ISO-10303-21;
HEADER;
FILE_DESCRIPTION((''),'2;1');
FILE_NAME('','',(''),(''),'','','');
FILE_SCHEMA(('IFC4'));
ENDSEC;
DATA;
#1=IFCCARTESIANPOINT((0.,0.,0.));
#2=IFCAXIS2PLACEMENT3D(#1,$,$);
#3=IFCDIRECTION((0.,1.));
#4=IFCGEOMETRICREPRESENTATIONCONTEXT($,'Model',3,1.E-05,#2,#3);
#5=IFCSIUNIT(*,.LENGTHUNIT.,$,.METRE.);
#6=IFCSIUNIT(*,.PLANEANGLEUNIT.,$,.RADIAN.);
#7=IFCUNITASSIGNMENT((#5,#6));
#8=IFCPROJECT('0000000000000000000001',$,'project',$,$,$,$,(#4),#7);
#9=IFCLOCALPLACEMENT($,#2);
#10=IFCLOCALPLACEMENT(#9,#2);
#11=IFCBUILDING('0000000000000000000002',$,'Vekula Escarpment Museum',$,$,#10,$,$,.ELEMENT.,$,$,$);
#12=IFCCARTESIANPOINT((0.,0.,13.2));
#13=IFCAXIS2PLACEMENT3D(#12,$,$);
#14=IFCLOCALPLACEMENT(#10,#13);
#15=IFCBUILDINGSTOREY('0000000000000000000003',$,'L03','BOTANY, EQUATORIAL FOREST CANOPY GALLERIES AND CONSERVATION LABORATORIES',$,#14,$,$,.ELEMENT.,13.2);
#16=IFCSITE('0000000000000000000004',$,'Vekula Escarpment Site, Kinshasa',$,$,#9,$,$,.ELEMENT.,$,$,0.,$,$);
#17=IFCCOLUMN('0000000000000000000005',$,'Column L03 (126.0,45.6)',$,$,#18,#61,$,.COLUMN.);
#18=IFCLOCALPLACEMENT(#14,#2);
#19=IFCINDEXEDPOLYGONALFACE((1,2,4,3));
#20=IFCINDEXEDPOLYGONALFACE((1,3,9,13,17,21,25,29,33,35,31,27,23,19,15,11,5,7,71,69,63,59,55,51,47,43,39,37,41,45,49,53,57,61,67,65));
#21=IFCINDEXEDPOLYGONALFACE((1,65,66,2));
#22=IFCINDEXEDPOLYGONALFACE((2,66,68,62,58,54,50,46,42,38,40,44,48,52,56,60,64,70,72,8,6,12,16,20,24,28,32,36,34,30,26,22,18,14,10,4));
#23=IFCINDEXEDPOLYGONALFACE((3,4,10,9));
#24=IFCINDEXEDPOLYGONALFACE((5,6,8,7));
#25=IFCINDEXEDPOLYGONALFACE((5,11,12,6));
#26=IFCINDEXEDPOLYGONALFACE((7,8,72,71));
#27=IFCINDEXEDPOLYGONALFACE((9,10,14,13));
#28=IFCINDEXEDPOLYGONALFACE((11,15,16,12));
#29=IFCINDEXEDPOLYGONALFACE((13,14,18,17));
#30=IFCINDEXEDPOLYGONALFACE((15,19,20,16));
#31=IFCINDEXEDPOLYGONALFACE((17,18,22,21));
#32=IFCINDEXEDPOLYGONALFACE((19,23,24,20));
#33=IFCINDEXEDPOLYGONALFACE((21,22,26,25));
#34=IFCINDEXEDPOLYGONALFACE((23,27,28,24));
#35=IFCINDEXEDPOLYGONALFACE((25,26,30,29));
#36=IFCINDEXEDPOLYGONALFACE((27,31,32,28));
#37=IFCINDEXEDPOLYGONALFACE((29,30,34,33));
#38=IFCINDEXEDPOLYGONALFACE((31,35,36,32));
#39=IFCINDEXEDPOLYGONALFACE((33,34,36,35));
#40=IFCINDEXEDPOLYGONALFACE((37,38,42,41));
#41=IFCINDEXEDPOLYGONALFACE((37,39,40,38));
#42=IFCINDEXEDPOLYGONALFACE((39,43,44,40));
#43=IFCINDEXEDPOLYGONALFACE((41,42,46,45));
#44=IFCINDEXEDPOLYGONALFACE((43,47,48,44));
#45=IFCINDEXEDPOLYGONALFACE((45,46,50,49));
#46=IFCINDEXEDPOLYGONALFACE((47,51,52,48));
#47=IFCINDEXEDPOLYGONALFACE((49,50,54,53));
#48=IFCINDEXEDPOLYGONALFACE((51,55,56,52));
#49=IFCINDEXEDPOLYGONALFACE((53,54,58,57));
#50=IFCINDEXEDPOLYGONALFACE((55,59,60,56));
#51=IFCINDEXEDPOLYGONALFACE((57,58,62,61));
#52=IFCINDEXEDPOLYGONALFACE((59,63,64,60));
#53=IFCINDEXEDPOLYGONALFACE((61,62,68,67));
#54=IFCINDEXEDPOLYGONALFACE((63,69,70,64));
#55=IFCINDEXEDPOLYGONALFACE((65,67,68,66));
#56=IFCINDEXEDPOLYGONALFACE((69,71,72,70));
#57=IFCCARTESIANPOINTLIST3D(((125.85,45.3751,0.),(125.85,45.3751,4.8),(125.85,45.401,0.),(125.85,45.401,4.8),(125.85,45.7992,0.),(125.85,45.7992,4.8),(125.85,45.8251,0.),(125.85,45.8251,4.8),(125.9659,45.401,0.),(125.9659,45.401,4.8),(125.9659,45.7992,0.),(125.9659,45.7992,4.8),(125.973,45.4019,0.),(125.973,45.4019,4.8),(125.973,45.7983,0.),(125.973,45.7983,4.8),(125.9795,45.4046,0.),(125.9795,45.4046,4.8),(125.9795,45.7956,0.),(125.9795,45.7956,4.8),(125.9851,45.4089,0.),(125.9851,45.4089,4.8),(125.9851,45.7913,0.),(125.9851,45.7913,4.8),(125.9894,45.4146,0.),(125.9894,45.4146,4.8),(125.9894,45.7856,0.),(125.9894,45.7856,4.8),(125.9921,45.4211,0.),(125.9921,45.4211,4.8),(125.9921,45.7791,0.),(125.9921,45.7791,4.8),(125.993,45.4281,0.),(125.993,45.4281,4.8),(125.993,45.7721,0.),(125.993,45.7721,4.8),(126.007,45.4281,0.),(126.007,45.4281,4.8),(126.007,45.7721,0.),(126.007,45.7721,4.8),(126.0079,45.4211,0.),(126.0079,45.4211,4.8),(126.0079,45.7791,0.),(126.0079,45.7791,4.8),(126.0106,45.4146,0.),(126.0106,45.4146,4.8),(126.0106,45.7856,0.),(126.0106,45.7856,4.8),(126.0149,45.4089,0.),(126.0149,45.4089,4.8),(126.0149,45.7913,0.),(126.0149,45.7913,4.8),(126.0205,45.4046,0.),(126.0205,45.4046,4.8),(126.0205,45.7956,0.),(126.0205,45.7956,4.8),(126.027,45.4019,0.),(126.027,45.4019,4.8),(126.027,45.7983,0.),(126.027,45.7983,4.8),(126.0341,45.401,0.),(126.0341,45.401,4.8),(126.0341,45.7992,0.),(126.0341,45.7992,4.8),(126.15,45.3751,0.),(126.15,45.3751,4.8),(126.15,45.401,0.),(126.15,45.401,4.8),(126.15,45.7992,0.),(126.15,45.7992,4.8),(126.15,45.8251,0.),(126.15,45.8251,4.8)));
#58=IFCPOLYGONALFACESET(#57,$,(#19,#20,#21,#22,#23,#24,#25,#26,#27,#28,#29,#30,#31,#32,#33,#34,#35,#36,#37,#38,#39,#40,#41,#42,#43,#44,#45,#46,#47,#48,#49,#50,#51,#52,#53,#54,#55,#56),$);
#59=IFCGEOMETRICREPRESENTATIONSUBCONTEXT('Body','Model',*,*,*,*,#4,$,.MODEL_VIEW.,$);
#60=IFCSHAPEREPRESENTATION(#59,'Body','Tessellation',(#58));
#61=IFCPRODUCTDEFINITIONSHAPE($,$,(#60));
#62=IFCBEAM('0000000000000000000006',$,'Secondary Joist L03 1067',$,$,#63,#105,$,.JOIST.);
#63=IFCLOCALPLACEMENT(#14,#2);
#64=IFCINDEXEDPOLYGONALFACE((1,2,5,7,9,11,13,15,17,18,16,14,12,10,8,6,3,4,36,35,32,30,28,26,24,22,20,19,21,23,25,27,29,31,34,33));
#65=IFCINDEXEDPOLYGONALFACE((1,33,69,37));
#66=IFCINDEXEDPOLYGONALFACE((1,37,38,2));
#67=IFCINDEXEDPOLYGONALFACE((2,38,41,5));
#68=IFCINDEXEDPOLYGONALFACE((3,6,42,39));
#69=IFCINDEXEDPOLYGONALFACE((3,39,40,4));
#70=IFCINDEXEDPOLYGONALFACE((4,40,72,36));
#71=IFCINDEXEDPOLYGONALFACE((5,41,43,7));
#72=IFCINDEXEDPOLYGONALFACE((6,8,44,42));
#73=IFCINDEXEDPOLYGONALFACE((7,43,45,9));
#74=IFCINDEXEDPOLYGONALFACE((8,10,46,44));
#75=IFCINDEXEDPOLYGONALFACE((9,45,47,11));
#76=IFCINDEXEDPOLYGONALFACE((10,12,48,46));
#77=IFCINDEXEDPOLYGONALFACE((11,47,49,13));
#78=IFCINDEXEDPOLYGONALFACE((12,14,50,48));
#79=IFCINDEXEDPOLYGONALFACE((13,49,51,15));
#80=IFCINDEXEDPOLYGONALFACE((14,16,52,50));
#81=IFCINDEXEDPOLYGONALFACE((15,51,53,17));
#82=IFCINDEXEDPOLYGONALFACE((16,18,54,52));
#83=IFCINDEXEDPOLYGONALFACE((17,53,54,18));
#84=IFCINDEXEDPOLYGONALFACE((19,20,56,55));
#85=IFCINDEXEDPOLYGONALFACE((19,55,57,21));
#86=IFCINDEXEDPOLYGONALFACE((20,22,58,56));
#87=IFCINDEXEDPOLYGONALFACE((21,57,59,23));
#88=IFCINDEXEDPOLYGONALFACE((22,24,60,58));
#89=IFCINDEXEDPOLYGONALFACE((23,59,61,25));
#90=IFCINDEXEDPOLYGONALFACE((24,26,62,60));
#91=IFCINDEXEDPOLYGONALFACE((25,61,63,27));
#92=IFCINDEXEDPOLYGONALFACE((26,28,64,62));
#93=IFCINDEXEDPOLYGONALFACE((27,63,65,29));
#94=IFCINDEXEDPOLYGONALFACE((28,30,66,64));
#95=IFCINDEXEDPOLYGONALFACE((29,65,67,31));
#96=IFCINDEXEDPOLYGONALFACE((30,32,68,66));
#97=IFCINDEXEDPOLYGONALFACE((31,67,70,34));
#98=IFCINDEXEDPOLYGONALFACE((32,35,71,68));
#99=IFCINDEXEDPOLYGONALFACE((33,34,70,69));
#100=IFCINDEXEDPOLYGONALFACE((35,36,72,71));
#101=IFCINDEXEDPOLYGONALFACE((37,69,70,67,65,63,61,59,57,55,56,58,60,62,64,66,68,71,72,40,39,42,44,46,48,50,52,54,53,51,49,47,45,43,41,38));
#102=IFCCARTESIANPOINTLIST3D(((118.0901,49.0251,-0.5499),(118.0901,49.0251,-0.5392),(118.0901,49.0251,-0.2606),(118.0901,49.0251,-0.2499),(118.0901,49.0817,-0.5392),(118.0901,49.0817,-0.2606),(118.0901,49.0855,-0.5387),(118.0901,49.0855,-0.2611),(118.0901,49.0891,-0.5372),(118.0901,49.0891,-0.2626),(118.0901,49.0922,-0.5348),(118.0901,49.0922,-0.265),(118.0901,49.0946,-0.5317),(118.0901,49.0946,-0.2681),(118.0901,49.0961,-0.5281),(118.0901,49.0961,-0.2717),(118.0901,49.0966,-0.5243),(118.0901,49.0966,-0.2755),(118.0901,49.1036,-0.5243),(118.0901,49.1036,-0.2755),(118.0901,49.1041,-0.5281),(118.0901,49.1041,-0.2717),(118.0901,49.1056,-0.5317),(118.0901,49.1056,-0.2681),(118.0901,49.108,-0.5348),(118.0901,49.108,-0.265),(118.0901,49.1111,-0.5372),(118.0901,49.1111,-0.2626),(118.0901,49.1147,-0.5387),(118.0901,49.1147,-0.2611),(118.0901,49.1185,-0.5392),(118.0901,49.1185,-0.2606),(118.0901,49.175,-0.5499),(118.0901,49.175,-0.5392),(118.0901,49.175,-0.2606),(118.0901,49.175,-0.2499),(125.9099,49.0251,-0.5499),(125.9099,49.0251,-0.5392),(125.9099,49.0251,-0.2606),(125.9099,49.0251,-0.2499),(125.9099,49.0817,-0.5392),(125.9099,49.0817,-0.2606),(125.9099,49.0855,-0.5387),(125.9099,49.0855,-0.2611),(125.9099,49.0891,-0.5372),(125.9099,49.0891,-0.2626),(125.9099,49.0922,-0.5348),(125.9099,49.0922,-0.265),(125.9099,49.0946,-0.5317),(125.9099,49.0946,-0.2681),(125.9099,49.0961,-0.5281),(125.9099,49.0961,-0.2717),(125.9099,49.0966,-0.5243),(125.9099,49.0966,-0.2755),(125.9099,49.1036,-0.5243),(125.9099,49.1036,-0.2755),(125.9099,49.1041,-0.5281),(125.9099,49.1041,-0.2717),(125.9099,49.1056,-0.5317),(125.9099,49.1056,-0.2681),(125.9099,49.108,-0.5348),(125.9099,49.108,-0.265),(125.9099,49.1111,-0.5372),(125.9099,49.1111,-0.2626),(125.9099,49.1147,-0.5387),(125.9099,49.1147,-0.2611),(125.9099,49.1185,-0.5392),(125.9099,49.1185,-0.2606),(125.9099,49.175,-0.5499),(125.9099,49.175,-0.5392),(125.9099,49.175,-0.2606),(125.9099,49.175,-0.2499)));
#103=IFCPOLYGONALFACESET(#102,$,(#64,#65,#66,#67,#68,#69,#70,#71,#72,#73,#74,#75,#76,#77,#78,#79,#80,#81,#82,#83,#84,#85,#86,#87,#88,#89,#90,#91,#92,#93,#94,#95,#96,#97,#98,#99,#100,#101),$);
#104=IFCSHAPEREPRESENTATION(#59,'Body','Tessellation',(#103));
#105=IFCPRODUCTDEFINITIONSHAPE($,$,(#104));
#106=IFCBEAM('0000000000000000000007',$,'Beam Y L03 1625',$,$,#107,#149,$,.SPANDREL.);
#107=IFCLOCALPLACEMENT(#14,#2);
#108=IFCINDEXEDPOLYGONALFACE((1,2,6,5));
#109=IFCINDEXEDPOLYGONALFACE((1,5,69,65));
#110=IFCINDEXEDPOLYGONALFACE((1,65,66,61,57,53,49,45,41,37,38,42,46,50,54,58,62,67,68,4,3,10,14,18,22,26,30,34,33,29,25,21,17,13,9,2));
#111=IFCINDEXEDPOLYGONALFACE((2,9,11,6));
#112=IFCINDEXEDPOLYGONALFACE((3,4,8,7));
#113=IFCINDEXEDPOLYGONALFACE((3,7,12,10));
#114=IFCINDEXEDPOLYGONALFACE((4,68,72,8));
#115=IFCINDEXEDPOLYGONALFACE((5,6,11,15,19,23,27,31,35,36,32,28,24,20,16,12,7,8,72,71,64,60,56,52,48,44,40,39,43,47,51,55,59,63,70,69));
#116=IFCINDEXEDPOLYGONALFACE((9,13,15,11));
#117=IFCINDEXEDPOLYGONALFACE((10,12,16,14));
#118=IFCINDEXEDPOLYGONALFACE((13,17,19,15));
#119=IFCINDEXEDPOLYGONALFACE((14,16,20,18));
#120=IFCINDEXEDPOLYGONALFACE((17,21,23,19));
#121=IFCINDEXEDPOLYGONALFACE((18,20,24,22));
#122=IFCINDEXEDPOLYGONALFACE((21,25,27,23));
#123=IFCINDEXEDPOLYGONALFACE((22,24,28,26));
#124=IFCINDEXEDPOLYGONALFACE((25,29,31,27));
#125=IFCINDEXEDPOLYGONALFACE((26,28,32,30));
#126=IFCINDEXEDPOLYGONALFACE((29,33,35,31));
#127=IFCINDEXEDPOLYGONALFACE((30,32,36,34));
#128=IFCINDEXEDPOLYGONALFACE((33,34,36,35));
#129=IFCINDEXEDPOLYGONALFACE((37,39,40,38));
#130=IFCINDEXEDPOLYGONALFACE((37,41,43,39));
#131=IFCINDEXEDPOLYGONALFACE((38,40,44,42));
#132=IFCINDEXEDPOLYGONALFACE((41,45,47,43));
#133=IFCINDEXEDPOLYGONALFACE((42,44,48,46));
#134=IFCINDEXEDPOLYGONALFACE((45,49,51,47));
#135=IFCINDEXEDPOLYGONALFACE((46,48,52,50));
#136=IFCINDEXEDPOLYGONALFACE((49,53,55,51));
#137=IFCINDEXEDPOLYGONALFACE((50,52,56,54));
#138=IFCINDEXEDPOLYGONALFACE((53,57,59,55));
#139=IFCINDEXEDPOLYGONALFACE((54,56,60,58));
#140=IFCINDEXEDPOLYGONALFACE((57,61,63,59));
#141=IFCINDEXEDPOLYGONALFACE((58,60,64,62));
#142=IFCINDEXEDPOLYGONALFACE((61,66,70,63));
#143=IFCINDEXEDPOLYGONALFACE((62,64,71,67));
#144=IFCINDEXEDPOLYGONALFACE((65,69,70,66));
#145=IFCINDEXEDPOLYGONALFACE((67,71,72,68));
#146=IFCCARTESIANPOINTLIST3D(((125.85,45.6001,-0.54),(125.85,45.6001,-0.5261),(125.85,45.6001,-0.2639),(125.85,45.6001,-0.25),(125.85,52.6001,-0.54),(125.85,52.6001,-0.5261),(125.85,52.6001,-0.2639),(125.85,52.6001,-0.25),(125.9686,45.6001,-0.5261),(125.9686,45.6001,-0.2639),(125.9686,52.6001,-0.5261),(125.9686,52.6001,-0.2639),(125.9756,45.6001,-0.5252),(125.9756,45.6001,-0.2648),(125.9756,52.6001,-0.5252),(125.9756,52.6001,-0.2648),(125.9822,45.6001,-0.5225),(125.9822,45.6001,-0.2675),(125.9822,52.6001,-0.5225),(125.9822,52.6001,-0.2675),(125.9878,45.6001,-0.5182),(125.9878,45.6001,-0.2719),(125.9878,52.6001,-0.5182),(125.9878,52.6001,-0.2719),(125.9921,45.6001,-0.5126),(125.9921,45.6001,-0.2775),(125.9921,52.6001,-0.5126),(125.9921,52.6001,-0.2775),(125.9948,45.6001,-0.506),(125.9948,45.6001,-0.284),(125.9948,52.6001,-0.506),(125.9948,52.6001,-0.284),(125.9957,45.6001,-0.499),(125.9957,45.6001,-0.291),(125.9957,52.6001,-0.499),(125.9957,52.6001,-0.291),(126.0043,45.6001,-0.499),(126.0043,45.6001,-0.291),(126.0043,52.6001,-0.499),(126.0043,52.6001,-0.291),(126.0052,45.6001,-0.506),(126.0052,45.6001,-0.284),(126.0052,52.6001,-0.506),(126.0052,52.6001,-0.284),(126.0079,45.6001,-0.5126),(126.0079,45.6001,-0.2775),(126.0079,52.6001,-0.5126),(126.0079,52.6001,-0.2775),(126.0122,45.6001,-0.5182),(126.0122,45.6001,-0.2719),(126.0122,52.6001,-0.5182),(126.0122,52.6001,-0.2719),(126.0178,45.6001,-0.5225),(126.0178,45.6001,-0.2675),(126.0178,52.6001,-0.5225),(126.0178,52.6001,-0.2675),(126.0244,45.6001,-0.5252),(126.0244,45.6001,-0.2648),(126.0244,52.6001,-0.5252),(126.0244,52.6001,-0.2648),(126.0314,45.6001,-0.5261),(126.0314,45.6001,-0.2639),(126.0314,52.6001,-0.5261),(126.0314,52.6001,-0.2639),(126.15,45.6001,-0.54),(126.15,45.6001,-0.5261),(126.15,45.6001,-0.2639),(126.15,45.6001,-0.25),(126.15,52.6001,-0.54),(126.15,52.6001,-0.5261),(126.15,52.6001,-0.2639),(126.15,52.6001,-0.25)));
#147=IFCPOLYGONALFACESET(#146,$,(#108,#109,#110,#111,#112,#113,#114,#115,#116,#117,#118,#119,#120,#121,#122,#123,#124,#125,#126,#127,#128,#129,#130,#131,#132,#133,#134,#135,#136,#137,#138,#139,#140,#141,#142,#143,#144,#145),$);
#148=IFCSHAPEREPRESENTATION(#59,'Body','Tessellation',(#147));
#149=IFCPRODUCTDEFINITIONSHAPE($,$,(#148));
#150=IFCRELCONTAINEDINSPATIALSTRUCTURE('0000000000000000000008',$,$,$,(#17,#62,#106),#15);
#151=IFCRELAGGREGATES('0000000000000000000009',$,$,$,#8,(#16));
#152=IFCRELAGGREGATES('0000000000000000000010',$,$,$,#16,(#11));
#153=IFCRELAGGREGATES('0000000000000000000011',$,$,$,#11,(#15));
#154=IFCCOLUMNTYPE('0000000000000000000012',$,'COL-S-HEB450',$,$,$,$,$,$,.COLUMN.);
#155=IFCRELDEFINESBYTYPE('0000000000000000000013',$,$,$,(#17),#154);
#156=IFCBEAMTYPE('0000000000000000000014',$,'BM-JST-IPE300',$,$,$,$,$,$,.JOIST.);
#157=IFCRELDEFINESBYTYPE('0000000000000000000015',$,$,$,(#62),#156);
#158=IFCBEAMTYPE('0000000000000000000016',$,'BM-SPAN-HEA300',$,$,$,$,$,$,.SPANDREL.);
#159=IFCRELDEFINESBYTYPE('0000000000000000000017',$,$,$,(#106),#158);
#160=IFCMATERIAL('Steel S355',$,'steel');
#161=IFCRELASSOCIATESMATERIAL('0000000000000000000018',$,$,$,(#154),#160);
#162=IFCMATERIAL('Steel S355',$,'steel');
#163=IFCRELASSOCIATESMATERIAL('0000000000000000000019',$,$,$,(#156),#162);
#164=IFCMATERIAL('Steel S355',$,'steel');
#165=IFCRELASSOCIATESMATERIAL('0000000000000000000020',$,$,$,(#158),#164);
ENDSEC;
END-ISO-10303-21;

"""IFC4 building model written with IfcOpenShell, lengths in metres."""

from ifc_helpers import new_model, si_unit, direction, frame, origin, origin_2d, place, context, subcontext, project, spatial, i_section, extrude, material, material_profile, profile_set, type_object, element, save


model = new_model("IFC4")

# Units and contexts
model_context = context("Model", 3, precision=1e-05, world=origin(), true_north=direction((0.0, 1.0)))
body_context = subcontext(model_context, "Body", "Model", "MODEL_VIEW")
ifc_project = project(units=[si_unit("LENGTHUNIT", "METRE"), si_unit("PLANEANGLEUNIT", "RADIAN")], contexts=[model_context])

# Site, building, storey
site_placement = place(None, origin())
site = spatial("IfcSite", under=ifc_project, at=site_placement, Name="Vekula Escarpment Site, Kinshasa", CompositionType="ELEMENT", RefElevation=0.0)
building_placement = place(site_placement, origin())
building = spatial("IfcBuilding", under=site, at=building_placement, Name="Vekula Escarpment Museum", CompositionType="ELEMENT")
storey_placement = place(building_placement, frame((0.0, 0.0, 13.2)))
storey = spatial("IfcBuildingStorey", under=building, at=storey_placement, Name="L03", Description="BOTANY, EQUATORIAL FOREST CANOPY GALLERIES AND CONSERVATION LABORATORIES", CompositionType="ELEMENT", Elevation=13.2)

# Column
ifc_material_1 = material(Name="Steel S355", Category="steel")
ifc_material_profile_1 = material_profile(ifc_material_1, i_section(OverallWidth=0.3, OverallDepth=0.45, WebThickness=0.0139, FlangeThickness=0.0259, FilletRadius=0.0271, at=origin_2d()), Name="HEB 450")
ifc_profile_set_1 = profile_set([ifc_material_profile_1], Name="Steel S355")
column_type = type_object("IfcColumnType", Name="COL-S-HEB450", PredefinedType="COLUMN", material=ifc_profile_set_1)
column_placement = place(storey_placement, frame((126.0, 45.6001, 0.0), z_axis=(0.0, 0.0, 1.0), x_axis=(1.0, 0.0, 0.0)))
element("IfcColumn", 1, at=column_placement, inside=storey, type_object=column_type, Name="Column L03 (126.0,45.6)", PredefinedType="COLUMN", context=body_context, shape_type="SweptSolid", body=[
    extrude(i_section(OverallWidth=0.3, OverallDepth=0.45, WebThickness=0.0139, FlangeThickness=0.0259, FilletRadius=0.0271, at=origin_2d()), origin(), (0.0, 0.0, 1.0), 4.8),
])

# Beams
ifc_material_2 = material(Name="Steel S355", Category="steel")
ifc_material_profile_2 = material_profile(ifc_material_2, i_section(OverallWidth=0.1499, OverallDepth=0.3, WebThickness=0.0071, FlangeThickness=0.0107, FilletRadius=0.0149, at=origin_2d()), Name="IPE 300")
ifc_profile_set_2 = profile_set([ifc_material_profile_2], Name="Steel S355")
beam_type_1 = type_object("IfcBeamType", Name="BM-JST-IPE300", PredefinedType="JOIST", material=ifc_profile_set_2)
beam_1_placement = place(storey_placement, frame((118.0901, 49.1001, -0.3999), z_axis=(1.0, 0.0, 0.0), x_axis=(0.0, 1.0, 0.0)))
element("IfcBeam", 2, at=beam_1_placement, inside=storey, type_object=beam_type_1, Name="Secondary Joist L03 1067", PredefinedType="JOIST", context=body_context, shape_type="SweptSolid", body=[
    extrude(i_section(OverallWidth=0.1499, OverallDepth=0.3, WebThickness=0.0071, FlangeThickness=0.0107, FilletRadius=0.0149, at=origin_2d()), origin(), (0.0, 0.0, 1.0), 7.8198),
])
ifc_material_3 = material(Name="Steel S355", Category="steel")
ifc_material_profile_3 = material_profile(ifc_material_3, i_section(OverallWidth=0.3, OverallDepth=0.29, WebThickness=0.0085, FlangeThickness=0.0139, FilletRadius=0.0271, at=origin_2d()), Name="HEA 300")
ifc_profile_set_3 = profile_set([ifc_material_profile_3], Name="Steel S355")
beam_type_2 = type_object("IfcBeamType", Name="BM-SPAN-HEA300", PredefinedType="SPANDREL", material=ifc_profile_set_3)
beam_2_placement = place(storey_placement, frame((126.0, 45.6001, -0.395), z_axis=(0.0, 1.0, 0.0), x_axis=(-1.0, 0.0, 0.0)))
element("IfcBeam", 3, at=beam_2_placement, inside=storey, type_object=beam_type_2, Name="Beam Y L03 1625", PredefinedType="SPANDREL", context=body_context, shape_type="SweptSolid", body=[
    extrude(i_section(OverallWidth=0.3, OverallDepth=0.29, WebThickness=0.0085, FlangeThickness=0.0139, FilletRadius=0.0271, at=origin_2d()), origin(), (0.0, 0.0, 1.0), 7.0),
])

save(model, "model.ifc")
